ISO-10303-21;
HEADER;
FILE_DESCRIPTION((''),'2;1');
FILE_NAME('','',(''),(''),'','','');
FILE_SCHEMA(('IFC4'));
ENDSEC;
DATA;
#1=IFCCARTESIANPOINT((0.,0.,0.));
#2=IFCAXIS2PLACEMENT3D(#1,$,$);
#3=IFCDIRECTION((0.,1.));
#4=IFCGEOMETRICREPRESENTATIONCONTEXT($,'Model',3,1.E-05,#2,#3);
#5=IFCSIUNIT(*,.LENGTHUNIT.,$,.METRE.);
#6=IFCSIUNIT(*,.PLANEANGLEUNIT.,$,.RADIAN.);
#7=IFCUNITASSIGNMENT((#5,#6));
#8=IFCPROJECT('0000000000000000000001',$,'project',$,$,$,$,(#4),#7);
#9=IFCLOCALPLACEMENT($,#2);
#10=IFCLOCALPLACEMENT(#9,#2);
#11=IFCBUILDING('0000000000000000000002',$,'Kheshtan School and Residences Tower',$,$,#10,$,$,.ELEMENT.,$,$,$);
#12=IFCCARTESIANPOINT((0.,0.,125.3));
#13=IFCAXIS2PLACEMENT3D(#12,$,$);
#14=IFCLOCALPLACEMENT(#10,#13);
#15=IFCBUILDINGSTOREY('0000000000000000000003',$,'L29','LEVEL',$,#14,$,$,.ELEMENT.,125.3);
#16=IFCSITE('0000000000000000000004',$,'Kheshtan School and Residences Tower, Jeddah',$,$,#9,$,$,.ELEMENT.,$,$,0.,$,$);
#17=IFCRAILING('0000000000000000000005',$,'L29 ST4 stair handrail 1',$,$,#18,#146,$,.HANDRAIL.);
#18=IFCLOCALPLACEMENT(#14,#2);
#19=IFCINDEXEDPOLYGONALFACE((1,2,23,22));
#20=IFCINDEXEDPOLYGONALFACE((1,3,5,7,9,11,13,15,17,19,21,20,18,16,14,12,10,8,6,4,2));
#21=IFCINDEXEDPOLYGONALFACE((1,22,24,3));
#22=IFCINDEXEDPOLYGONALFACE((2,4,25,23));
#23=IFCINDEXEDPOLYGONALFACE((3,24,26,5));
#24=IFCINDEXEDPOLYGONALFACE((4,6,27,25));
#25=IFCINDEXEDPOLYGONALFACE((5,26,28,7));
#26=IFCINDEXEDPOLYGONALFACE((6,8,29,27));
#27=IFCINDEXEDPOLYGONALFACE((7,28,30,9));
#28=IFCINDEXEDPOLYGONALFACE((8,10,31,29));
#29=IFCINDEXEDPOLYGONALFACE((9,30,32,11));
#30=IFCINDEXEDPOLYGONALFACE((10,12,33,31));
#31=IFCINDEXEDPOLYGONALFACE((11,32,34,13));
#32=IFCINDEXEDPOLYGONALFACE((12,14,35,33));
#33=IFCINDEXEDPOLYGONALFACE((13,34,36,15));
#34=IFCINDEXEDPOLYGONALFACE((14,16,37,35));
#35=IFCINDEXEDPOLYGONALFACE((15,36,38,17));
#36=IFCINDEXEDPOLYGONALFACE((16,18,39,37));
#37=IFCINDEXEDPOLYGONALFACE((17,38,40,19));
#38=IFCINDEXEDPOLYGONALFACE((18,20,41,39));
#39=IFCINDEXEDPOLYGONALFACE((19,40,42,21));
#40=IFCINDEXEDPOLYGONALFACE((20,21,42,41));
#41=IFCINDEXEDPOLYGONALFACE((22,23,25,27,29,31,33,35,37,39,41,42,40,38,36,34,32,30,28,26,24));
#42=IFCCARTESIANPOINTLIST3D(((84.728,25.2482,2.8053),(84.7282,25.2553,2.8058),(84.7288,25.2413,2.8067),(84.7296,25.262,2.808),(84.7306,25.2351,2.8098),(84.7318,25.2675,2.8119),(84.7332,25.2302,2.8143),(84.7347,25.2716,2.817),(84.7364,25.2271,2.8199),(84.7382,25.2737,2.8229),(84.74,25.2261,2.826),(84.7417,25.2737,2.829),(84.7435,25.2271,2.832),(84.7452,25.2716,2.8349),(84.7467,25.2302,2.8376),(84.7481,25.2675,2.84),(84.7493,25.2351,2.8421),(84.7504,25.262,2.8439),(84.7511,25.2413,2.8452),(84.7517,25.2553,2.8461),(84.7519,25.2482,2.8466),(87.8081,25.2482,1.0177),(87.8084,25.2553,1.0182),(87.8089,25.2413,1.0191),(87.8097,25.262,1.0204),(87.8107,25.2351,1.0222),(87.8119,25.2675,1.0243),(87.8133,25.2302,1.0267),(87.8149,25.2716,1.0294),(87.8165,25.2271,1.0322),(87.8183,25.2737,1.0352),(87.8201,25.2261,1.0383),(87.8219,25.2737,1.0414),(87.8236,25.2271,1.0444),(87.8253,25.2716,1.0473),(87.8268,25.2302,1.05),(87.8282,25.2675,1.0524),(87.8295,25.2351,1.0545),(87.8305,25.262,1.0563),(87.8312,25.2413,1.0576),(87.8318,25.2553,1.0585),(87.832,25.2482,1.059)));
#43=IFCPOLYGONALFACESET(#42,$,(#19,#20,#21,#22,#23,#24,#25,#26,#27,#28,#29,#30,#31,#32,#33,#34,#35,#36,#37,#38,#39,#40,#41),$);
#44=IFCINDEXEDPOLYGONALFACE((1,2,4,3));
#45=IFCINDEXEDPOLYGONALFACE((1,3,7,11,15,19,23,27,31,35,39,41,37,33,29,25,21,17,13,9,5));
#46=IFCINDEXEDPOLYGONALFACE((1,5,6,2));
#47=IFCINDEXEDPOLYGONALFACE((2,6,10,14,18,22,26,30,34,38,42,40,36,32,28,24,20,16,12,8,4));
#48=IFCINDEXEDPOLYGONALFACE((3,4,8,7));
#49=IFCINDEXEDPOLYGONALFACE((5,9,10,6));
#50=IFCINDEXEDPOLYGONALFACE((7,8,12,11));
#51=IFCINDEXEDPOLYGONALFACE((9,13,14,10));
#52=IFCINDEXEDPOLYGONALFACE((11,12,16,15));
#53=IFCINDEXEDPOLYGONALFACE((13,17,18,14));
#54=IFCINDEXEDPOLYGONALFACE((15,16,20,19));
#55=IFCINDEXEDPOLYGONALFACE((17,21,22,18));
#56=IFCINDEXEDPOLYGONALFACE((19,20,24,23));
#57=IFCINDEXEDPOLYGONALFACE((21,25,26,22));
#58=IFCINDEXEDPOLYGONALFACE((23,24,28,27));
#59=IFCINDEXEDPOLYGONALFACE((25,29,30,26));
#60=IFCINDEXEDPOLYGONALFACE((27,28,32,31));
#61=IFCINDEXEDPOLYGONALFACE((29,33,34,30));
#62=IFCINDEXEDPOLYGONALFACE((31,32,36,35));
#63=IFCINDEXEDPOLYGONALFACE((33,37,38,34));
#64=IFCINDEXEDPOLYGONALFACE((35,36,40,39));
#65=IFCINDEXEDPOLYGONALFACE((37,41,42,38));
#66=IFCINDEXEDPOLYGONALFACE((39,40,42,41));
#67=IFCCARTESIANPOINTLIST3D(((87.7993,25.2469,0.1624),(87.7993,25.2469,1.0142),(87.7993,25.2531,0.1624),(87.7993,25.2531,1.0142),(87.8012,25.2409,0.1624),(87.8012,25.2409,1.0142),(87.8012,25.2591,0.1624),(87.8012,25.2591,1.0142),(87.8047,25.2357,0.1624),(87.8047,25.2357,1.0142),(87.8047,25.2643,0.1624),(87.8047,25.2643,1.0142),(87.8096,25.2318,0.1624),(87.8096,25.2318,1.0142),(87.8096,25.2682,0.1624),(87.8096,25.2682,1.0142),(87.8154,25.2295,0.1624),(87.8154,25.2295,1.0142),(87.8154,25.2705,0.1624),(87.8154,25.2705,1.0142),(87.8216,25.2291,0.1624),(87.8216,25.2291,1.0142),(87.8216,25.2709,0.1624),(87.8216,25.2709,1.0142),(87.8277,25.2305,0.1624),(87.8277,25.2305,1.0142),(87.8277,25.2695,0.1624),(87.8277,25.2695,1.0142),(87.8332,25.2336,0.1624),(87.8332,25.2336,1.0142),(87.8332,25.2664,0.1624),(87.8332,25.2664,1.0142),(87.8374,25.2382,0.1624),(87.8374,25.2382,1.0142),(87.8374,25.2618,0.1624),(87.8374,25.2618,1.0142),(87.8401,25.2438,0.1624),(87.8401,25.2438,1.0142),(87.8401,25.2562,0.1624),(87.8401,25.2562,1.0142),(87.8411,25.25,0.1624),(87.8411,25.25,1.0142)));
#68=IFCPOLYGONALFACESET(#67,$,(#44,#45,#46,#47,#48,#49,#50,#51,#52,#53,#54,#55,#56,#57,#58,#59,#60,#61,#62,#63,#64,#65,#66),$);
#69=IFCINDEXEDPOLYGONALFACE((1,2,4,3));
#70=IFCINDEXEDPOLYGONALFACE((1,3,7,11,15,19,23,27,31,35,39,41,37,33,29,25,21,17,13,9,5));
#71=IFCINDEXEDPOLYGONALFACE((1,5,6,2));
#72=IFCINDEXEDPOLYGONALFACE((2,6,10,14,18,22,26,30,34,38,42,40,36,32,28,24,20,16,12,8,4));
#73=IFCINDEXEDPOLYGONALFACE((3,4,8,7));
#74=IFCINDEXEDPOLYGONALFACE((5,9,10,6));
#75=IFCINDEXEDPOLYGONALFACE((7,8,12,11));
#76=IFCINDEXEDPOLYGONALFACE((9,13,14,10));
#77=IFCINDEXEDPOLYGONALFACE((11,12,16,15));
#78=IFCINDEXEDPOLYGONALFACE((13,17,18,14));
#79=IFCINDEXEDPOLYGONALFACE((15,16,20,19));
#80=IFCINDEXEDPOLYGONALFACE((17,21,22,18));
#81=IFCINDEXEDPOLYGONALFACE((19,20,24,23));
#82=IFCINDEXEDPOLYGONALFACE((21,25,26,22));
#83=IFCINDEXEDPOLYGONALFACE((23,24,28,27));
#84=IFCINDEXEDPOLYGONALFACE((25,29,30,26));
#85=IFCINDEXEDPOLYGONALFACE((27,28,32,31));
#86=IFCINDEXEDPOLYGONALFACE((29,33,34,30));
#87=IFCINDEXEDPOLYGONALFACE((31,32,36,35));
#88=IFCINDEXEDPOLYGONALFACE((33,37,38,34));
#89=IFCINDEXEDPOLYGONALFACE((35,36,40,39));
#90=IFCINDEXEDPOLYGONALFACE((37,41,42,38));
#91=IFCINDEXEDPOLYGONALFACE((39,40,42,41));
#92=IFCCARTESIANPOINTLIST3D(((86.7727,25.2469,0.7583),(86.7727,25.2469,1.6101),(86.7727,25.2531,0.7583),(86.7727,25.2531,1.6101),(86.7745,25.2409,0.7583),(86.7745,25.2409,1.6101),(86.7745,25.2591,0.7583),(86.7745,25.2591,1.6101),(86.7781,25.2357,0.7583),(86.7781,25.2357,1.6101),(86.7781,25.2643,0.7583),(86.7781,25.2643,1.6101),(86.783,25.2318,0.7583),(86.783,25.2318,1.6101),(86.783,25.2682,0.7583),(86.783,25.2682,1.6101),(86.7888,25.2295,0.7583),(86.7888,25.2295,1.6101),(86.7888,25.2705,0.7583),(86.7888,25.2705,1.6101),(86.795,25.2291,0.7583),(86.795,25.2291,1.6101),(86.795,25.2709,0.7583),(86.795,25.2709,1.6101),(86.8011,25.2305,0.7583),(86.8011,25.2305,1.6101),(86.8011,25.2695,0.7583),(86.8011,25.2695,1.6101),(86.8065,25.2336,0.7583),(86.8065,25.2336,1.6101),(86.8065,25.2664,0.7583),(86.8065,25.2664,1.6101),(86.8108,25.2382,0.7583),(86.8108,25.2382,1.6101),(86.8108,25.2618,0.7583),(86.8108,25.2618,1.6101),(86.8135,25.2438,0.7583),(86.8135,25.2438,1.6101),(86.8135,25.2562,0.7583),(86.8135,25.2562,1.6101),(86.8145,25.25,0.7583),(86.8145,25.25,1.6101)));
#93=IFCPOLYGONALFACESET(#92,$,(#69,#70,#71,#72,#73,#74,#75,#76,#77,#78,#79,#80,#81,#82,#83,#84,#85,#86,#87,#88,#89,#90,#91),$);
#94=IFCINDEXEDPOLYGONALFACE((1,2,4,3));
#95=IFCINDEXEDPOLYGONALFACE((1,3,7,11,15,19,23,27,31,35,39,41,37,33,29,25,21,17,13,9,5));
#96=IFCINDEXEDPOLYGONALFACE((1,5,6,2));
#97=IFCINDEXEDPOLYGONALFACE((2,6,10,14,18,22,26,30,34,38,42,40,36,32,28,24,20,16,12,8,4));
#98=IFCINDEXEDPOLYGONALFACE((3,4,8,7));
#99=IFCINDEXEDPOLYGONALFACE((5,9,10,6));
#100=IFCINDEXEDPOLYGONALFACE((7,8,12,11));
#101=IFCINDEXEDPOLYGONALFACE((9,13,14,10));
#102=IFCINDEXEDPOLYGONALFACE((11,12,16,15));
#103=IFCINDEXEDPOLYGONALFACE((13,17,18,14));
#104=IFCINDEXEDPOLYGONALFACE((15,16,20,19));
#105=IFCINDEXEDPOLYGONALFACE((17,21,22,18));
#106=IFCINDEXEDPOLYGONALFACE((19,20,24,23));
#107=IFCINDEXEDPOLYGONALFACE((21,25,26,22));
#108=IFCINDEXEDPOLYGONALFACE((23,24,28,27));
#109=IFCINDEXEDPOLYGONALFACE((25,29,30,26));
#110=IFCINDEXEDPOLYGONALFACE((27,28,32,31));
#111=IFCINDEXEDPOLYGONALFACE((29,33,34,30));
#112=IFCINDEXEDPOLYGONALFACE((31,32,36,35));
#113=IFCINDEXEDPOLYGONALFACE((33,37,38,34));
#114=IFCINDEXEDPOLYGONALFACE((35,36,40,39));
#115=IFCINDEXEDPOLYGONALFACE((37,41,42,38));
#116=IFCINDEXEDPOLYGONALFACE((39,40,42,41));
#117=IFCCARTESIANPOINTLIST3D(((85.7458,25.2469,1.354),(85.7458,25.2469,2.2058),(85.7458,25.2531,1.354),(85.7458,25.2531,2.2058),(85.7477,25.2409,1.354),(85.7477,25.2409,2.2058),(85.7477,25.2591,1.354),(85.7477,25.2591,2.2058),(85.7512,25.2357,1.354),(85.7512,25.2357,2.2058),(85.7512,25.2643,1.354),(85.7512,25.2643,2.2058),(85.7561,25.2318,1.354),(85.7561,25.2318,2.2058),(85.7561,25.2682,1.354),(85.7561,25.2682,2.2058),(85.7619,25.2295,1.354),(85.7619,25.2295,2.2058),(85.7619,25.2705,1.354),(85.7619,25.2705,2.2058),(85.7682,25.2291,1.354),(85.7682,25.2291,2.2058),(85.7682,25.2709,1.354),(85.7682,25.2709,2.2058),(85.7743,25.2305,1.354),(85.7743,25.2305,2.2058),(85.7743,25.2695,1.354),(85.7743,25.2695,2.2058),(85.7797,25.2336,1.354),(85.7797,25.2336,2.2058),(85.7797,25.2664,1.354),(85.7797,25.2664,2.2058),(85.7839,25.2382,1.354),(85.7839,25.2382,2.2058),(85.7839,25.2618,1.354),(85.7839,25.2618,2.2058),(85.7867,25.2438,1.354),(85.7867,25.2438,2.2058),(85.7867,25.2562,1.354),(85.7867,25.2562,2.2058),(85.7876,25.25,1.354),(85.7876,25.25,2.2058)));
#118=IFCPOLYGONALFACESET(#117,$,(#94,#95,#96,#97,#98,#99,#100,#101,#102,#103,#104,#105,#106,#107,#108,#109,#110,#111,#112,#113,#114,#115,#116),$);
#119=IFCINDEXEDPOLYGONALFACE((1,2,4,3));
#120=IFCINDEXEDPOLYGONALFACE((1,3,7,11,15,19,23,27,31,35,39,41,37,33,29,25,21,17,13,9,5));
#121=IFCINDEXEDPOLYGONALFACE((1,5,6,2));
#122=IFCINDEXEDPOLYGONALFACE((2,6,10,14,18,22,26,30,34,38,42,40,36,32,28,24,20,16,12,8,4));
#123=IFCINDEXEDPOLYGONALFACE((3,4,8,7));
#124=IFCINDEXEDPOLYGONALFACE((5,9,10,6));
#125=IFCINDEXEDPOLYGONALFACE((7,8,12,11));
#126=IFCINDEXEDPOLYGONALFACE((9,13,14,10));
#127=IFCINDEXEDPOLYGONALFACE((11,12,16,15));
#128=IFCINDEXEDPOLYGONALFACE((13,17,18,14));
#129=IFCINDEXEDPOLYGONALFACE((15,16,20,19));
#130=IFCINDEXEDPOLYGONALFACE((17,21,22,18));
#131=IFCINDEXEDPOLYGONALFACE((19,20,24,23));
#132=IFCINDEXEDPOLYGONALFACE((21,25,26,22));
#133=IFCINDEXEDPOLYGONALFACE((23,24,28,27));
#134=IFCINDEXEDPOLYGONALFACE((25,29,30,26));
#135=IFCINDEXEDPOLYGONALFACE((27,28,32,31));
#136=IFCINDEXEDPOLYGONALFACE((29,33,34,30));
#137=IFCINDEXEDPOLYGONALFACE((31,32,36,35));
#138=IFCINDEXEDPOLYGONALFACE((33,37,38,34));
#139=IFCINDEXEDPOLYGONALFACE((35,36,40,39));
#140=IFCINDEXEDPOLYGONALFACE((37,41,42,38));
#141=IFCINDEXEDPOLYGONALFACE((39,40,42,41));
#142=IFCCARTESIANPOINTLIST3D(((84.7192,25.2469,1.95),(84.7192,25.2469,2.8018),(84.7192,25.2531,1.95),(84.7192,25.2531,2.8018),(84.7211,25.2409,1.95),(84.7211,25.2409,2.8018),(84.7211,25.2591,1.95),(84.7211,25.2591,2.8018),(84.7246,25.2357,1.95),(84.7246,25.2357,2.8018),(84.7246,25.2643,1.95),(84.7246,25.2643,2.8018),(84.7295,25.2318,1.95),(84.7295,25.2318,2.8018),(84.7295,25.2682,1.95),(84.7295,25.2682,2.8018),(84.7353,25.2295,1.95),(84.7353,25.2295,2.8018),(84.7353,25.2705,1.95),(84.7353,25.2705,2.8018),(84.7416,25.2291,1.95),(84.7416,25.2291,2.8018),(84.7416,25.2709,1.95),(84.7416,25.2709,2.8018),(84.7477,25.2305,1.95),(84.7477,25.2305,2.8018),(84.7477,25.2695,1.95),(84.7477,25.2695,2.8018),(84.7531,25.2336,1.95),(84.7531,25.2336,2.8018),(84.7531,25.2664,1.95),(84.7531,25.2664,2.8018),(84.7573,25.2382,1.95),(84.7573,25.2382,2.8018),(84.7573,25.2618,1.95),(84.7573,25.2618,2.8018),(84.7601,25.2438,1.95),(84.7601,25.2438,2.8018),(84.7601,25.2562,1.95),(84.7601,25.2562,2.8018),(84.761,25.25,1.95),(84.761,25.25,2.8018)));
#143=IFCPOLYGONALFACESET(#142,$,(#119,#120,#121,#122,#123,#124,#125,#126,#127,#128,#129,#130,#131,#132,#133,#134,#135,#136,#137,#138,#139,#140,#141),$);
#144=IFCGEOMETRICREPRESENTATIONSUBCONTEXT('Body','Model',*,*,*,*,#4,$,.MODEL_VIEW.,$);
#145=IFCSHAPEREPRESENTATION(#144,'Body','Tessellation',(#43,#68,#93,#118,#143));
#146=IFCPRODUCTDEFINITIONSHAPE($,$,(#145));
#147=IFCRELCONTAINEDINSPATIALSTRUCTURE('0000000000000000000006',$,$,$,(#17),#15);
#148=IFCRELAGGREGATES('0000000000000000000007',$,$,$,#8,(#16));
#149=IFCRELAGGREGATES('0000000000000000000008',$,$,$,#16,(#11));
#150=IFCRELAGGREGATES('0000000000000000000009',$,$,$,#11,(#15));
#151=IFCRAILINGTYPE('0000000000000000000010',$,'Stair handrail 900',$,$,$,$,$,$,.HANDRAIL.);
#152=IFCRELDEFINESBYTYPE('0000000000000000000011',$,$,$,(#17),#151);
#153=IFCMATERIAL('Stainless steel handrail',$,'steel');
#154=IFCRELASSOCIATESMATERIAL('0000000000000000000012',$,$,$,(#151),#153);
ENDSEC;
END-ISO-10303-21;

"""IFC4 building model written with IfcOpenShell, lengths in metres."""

from ifc_helpers import new_model, si_unit, direction, frame, origin, origin_2d, place, context, subcontext, project, spatial, circle, extrude, material, type_object, element, save


model = new_model("IFC4")

# Units and contexts
model_context = context("Model", 3, precision=1e-05, world=origin(), true_north=direction((0.0, 1.0)))
body_context = subcontext(model_context, "Body", "Model", "MODEL_VIEW")
ifc_project = project(units=[si_unit("LENGTHUNIT", "METRE"), si_unit("PLANEANGLEUNIT", "RADIAN")], contexts=[model_context])

# Site, building, storey
site_placement = place(None, origin())
site = spatial("IfcSite", under=ifc_project, at=site_placement, Name="Kheshtan School and Residences Tower, Jeddah", CompositionType="ELEMENT", RefElevation=0.0)
building_placement = place(site_placement, origin())
building = spatial("IfcBuilding", under=site, at=building_placement, Name="Kheshtan School and Residences Tower", CompositionType="ELEMENT")
storey_placement = place(building_placement, frame((0.0, 0.0, 125.3)))
storey = spatial("IfcBuildingStorey", under=building, at=storey_placement, Name="L29", Description="LEVEL", CompositionType="ELEMENT", Elevation=125.3)

# Railing
ifc_material_1 = material(Name="Stainless steel handrail", Category="steel")
railing_type_1 = type_object("IfcRailingType", Name="Stair handrail 900", PredefinedType="HANDRAIL", material=ifc_material_1)
railing_1_placement = place(storey_placement, frame((87.8201, 25.25, 0.1624)))
element("IfcRailing", 1, at=railing_1_placement, inside=storey, type_object=railing_type_1, Name="L29 ST4 stair handrail 1", PredefinedType="HANDRAIL", context=body_context, shape_type="SweptSolid", body=[
    extrude(circle(Radius=0.0239, at=origin_2d()), frame((0.0, 0.0, 0.876), z_axis=(-0.864891, 0.0, 0.50196), x_axis=(0.0, -1.0, 0.0)), (0.0, 0.0, 1.0), 3.5613),
    extrude(circle(Radius=0.021, at=origin_2d()), origin(), (0.0, 0.0, 1.0), 0.8518),
    extrude(circle(Radius=0.021, at=origin_2d()), frame((-1.0266, 0.0, 0.5959)), (0.0, 0.0, 1.0), 0.8518),
    extrude(circle(Radius=0.021, at=origin_2d()), frame((-2.0535, 0.0, 1.1917)), (0.0, 0.0, 1.0), 0.8518),
    extrude(circle(Radius=0.021, at=origin_2d()), frame((-3.0801, 0.0, 1.7876)), (0.0, 0.0, 1.0), 0.8518),
])

save(model, "model.ifc")
